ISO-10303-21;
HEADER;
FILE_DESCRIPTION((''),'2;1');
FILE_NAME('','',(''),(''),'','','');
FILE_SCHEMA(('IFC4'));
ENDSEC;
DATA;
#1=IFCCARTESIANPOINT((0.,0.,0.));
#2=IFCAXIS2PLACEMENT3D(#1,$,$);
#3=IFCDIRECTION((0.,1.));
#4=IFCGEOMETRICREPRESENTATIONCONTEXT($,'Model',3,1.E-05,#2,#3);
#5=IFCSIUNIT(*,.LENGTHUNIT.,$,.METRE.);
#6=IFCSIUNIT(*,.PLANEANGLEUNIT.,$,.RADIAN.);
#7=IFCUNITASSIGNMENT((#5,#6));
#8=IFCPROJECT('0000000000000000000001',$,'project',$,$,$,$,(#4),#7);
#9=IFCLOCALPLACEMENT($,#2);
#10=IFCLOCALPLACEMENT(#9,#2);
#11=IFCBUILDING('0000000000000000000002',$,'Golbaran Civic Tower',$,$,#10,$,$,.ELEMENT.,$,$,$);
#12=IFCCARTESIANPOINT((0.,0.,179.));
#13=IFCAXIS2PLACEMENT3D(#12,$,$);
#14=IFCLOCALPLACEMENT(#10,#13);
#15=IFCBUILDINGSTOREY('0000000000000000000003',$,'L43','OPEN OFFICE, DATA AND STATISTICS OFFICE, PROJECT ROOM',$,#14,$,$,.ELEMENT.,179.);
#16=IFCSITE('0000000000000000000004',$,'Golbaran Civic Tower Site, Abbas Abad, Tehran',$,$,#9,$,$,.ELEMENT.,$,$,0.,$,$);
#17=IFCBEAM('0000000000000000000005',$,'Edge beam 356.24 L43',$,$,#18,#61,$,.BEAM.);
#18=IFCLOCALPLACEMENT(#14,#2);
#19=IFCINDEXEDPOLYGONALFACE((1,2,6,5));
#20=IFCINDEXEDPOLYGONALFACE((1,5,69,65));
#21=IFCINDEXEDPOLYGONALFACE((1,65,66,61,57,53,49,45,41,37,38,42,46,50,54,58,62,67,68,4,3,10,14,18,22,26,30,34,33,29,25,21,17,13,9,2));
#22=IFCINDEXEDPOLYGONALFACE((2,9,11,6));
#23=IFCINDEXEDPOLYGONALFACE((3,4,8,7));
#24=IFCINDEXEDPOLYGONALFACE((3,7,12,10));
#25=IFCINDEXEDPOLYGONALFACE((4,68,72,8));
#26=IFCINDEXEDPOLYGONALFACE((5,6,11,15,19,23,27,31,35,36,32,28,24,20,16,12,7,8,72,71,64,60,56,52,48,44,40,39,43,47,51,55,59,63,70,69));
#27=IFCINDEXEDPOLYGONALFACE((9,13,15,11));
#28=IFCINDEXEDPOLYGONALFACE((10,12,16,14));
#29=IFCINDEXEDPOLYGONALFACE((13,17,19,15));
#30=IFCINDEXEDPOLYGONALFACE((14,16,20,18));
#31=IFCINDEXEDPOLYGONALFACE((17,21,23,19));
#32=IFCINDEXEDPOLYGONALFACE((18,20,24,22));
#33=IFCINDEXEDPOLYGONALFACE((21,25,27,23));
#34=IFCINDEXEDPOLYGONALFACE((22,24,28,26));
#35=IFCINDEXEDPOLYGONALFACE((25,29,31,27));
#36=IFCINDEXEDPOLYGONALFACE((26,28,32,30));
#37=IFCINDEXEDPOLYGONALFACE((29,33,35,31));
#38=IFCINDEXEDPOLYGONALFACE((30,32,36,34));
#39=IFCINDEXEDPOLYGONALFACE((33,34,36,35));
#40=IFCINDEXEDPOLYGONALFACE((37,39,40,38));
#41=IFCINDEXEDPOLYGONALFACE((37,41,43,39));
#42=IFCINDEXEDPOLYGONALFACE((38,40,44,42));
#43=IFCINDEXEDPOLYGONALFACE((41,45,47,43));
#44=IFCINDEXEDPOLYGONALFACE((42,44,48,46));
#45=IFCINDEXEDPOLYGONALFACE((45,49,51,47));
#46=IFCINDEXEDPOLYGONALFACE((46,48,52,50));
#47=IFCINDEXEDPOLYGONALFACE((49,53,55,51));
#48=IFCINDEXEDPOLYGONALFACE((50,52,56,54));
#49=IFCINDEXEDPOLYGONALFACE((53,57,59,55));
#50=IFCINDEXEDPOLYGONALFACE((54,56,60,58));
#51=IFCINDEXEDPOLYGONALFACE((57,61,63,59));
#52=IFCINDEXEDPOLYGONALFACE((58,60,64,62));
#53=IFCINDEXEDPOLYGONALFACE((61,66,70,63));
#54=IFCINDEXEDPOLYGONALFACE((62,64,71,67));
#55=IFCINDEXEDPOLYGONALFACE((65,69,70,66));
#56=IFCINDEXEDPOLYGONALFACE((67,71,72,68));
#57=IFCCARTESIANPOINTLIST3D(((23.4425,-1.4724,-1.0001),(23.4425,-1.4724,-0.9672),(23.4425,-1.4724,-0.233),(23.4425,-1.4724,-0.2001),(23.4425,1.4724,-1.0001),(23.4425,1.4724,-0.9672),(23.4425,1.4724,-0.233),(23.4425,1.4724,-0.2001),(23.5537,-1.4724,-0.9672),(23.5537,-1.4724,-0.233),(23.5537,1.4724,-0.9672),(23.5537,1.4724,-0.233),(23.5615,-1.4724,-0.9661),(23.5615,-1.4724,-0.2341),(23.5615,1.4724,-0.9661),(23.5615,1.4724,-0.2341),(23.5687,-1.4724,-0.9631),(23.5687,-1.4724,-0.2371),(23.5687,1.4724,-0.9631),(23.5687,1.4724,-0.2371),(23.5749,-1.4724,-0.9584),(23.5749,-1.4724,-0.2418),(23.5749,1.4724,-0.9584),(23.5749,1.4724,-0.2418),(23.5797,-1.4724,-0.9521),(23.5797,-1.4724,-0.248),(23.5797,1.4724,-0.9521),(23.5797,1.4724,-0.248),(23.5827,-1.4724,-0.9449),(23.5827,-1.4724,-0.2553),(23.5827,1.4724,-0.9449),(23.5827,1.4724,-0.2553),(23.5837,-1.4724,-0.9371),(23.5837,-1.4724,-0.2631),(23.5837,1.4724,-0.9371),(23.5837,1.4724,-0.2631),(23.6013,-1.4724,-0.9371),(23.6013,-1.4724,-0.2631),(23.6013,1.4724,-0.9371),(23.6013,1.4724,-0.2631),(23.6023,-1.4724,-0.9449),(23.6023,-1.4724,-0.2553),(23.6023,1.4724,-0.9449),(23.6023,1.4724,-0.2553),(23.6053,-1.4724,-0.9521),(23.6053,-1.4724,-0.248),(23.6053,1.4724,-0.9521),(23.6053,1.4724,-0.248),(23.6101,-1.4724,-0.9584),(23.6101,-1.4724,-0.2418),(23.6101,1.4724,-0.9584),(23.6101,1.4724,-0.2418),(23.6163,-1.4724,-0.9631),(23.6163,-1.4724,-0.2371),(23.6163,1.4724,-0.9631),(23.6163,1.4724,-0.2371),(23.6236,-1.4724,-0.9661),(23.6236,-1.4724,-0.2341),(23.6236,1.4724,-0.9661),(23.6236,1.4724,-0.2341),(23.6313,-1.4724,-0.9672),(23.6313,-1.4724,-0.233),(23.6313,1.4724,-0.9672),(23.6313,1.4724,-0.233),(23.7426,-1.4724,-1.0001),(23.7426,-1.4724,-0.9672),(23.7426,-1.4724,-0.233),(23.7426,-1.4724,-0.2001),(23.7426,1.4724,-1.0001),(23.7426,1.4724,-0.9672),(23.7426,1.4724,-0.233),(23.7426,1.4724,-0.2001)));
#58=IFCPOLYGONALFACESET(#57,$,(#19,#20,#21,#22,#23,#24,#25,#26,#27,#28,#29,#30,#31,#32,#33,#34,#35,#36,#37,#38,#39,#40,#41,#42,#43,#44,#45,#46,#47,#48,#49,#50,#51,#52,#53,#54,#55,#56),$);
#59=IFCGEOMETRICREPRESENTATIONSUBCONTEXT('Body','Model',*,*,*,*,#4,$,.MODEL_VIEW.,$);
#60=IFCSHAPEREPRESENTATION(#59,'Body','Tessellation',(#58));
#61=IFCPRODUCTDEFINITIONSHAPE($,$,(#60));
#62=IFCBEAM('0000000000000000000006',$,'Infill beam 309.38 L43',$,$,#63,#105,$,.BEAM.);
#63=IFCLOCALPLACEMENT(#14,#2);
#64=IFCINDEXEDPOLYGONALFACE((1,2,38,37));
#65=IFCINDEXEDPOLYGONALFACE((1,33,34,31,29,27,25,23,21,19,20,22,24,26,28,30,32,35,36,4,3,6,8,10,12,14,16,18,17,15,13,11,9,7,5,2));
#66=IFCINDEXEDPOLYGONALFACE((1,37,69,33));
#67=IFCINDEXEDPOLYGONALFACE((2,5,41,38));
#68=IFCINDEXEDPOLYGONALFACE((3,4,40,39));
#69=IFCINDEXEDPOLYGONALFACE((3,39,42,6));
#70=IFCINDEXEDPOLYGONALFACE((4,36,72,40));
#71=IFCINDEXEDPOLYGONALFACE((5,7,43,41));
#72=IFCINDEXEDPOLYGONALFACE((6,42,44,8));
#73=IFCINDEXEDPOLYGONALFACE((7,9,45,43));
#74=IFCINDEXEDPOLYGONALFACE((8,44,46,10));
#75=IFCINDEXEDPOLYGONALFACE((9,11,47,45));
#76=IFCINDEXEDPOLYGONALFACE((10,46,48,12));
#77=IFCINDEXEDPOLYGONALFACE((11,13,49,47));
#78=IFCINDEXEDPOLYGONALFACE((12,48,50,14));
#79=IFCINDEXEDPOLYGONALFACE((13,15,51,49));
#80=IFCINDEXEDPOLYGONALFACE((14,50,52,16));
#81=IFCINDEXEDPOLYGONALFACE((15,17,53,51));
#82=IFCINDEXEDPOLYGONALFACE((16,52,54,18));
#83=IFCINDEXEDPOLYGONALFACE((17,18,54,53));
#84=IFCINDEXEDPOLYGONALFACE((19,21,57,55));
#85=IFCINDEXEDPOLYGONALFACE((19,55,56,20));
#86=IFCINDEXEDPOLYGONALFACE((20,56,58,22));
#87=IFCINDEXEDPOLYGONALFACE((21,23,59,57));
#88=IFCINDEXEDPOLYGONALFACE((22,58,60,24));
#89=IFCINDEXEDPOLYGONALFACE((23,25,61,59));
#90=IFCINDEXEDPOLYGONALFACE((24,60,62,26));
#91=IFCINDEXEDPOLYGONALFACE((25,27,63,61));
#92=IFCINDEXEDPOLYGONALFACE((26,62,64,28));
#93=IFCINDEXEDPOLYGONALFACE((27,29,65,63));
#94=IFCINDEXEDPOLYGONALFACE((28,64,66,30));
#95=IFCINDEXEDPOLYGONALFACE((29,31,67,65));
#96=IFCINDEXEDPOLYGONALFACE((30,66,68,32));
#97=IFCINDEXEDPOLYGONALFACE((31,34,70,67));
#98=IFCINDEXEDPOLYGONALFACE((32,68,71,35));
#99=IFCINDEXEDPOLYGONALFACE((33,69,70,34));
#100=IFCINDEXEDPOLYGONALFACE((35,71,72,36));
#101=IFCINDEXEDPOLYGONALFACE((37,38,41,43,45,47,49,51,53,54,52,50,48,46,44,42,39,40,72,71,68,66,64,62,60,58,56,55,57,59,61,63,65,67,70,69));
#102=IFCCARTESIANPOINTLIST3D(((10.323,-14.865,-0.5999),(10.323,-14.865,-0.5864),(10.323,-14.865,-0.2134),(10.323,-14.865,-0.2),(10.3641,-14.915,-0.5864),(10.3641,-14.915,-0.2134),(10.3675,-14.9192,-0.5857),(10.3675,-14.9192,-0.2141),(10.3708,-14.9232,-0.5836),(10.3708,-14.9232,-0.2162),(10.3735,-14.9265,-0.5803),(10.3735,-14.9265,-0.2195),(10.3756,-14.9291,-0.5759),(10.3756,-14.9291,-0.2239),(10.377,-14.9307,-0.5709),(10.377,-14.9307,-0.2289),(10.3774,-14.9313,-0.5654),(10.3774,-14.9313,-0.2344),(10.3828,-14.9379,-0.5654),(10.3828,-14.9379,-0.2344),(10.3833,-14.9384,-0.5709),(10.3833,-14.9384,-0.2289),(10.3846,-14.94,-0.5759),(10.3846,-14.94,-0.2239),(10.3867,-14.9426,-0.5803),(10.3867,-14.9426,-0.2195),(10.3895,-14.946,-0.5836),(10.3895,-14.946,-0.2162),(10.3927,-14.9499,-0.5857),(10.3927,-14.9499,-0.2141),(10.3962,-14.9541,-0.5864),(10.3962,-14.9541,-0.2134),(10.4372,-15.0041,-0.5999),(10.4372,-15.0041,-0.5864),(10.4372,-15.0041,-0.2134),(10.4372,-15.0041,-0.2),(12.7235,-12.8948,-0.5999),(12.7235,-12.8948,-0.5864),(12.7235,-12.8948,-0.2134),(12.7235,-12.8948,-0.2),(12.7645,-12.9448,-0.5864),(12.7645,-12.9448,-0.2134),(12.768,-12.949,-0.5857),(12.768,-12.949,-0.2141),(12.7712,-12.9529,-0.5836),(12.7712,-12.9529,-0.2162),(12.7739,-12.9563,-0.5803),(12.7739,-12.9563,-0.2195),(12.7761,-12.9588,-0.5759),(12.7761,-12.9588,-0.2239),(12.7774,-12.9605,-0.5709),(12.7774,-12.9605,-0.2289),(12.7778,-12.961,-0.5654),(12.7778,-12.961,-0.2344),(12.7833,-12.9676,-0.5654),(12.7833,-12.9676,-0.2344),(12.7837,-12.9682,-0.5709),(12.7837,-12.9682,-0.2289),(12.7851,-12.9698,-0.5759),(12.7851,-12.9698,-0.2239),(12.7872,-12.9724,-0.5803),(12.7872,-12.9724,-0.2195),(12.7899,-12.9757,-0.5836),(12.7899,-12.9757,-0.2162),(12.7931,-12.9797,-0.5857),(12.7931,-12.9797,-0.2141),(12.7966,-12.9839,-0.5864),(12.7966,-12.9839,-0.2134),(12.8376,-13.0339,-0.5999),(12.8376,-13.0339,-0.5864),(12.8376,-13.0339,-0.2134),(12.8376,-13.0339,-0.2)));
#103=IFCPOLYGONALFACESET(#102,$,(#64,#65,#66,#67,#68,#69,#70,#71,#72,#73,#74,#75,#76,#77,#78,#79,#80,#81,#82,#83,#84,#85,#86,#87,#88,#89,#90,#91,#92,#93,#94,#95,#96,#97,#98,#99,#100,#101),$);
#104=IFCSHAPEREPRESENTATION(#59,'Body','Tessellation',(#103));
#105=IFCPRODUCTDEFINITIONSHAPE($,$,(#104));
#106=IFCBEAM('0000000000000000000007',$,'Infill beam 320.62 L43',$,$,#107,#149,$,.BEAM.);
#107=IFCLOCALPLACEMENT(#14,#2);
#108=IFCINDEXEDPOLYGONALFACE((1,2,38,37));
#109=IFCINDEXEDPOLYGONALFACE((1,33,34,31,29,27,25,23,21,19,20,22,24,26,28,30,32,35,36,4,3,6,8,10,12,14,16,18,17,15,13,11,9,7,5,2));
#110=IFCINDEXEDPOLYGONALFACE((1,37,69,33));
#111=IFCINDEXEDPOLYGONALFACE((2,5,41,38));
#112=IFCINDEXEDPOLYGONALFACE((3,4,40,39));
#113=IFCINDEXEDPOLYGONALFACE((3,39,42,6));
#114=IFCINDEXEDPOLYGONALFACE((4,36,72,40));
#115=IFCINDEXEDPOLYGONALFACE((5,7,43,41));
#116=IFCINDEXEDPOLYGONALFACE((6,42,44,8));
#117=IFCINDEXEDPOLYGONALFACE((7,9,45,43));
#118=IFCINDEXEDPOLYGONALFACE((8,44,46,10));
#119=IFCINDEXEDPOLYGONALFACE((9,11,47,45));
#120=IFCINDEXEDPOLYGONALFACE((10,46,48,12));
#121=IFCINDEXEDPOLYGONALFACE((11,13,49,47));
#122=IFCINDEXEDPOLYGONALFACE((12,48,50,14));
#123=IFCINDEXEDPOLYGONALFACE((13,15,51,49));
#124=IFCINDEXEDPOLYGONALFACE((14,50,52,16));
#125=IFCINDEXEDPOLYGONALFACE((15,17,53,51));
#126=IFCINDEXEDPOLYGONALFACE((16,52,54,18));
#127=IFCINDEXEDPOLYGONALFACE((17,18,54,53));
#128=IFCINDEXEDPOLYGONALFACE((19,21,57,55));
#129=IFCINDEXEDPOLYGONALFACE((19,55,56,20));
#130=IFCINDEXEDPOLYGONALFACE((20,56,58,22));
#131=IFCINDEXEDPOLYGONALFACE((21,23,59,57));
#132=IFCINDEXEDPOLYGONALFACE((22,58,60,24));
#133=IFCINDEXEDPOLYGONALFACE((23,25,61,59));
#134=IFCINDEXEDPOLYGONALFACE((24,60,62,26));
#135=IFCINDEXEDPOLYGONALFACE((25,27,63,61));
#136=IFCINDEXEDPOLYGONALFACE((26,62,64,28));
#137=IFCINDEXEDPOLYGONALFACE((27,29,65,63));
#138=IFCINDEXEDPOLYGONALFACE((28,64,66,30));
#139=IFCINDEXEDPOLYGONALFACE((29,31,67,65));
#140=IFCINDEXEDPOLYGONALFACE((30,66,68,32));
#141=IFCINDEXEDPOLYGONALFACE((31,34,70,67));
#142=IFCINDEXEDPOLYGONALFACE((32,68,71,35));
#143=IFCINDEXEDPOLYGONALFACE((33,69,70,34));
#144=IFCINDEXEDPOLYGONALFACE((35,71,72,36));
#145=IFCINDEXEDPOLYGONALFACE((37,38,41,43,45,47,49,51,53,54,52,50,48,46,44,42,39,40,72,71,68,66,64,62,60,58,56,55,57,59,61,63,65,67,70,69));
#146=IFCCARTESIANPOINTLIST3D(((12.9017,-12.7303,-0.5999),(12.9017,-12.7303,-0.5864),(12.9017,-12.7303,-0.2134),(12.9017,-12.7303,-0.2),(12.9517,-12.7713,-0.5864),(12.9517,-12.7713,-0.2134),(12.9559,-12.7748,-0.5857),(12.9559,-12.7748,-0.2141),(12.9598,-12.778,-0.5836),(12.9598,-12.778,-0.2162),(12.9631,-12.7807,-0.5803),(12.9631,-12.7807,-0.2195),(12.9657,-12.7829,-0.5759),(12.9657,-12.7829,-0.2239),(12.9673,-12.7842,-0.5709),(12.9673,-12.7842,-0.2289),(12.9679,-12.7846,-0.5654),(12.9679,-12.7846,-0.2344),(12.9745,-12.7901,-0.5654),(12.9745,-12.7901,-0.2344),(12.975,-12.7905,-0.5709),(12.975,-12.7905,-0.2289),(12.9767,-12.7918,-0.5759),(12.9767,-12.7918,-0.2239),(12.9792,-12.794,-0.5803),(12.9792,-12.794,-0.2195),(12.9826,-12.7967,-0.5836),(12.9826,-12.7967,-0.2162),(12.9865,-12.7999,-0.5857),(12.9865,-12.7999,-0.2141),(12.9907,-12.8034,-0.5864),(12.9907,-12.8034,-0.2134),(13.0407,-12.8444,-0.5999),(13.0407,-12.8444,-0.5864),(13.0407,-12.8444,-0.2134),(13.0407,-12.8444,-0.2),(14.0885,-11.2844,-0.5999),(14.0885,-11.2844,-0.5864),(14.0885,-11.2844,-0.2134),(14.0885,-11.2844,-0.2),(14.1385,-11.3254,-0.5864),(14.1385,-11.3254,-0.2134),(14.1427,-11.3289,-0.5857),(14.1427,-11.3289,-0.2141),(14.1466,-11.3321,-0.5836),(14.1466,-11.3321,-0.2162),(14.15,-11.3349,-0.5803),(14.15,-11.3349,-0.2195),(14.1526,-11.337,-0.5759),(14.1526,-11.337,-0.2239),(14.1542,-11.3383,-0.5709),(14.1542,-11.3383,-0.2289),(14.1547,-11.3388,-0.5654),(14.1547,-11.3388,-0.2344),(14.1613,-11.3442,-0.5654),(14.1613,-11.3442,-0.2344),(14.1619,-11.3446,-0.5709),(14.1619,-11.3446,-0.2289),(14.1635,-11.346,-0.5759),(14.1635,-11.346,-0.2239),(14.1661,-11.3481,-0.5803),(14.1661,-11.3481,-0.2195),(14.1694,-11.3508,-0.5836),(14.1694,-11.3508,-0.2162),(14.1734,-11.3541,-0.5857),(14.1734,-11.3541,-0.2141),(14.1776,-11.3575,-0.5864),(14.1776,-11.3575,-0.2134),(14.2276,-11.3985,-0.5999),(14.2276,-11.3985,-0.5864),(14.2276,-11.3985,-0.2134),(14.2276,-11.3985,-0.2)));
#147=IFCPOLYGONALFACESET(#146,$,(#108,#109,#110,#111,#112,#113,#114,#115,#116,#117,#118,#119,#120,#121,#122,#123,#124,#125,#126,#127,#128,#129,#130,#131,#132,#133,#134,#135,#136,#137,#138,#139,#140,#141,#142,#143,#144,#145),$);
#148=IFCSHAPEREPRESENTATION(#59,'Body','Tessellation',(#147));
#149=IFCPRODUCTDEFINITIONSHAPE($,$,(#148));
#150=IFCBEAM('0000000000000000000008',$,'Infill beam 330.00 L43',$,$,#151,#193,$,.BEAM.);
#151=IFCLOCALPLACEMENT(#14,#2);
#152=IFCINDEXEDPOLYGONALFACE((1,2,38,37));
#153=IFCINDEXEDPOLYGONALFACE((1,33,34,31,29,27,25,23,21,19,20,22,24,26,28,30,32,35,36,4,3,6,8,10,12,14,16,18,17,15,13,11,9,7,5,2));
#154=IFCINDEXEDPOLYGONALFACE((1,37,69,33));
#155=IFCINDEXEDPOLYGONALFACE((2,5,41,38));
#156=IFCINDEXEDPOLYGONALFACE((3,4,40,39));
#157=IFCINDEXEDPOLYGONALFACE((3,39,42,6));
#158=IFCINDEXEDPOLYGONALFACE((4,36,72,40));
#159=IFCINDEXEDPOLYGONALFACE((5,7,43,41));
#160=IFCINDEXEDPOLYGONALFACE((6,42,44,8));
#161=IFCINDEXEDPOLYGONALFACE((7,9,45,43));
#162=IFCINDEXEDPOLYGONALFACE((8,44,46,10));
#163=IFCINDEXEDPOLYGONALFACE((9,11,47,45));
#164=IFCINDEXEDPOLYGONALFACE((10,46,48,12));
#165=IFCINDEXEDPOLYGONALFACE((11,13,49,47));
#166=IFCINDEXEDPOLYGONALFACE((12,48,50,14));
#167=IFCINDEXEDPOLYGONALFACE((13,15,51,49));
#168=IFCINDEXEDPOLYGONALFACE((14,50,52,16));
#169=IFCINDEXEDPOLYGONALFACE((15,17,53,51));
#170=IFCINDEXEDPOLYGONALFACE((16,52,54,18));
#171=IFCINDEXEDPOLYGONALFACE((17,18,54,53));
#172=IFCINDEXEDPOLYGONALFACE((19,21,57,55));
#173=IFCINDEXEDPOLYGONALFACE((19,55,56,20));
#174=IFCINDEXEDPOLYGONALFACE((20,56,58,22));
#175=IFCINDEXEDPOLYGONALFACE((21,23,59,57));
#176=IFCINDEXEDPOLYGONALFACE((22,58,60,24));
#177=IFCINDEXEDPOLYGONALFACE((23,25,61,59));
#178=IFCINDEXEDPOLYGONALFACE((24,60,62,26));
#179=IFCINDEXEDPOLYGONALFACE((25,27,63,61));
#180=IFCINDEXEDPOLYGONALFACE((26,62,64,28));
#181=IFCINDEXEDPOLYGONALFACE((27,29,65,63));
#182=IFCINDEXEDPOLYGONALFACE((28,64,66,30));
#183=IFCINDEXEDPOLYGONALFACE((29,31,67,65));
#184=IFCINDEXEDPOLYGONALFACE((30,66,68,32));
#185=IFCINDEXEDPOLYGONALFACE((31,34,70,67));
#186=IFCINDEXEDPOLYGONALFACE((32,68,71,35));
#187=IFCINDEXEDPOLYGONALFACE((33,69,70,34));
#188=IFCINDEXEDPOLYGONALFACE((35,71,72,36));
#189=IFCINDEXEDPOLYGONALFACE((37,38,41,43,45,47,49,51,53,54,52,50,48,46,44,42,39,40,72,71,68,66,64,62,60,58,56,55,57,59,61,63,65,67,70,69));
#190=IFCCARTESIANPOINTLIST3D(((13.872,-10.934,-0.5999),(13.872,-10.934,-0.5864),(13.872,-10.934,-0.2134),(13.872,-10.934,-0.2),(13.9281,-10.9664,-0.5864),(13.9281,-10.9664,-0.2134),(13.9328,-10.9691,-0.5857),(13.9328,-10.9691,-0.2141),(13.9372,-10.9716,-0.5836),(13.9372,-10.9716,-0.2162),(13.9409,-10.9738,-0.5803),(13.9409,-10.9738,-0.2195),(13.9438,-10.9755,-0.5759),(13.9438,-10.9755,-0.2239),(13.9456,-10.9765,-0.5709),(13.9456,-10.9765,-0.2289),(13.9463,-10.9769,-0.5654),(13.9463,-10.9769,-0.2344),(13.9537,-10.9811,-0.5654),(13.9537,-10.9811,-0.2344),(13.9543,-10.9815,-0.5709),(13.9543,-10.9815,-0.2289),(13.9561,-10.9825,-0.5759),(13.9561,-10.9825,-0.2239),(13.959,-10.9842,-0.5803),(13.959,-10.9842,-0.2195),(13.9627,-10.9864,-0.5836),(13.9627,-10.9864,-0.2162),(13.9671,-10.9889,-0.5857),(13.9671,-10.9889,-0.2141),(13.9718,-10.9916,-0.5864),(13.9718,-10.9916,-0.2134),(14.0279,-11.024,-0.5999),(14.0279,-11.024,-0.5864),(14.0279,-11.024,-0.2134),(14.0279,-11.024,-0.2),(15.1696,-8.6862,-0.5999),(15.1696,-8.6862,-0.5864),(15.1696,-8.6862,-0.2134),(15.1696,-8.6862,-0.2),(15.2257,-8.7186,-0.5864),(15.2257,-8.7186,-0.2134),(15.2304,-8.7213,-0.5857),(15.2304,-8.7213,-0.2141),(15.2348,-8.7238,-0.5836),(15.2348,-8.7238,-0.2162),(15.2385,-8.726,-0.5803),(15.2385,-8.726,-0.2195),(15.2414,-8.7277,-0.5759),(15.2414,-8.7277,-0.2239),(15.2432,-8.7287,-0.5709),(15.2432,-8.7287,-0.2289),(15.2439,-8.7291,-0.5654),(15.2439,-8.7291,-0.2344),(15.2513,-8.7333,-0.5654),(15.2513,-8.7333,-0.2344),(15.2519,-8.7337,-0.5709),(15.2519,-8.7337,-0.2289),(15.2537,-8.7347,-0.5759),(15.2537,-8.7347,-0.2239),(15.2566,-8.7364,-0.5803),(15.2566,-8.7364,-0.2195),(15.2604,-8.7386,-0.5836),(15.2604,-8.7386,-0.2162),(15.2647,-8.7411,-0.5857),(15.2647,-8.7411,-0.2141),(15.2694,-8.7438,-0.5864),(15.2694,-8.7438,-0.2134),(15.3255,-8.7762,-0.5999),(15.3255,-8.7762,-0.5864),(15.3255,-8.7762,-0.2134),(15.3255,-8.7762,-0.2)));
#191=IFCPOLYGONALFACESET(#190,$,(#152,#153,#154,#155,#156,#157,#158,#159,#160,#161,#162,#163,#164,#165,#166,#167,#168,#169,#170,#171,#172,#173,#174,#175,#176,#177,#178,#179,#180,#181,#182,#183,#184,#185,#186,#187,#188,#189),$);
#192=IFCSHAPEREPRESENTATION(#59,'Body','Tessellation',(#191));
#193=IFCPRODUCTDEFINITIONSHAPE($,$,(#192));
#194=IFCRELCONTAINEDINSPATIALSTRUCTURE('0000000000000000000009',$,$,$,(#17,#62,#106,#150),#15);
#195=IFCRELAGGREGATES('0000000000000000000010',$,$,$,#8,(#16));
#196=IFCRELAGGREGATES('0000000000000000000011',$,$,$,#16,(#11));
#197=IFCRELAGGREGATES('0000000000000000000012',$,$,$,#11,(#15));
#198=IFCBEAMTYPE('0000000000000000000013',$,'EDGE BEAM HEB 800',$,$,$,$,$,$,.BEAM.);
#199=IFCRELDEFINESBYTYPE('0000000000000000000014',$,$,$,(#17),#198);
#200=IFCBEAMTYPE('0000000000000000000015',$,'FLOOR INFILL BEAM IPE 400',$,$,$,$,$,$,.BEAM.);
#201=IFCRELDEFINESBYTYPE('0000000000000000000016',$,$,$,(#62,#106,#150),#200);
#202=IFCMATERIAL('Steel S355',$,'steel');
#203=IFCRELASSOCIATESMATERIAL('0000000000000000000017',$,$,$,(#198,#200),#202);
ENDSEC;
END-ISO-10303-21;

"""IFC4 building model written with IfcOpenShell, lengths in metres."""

from ifc_helpers import new_model, si_unit, direction, frame, origin, origin_2d, place, context, subcontext, project, spatial, i_section, extrude, material, material_profile, profile_set, type_object, element, save


model = new_model("IFC4")

# Units and contexts
model_context = context("Model", 3, precision=1e-05, world=origin(), true_north=direction((0.0, 1.0)))
body_context = subcontext(model_context, "Body", "Model", "MODEL_VIEW")
ifc_project = project(units=[si_unit("LENGTHUNIT", "METRE"), si_unit("PLANEANGLEUNIT", "RADIAN")], contexts=[model_context])

# Site, building, storey
site_placement = place(None, origin())
site = spatial("IfcSite", under=ifc_project, at=site_placement, Name="Golbaran Civic Tower Site, Abbas Abad, Tehran", CompositionType="ELEMENT", RefElevation=0.0)
building_placement = place(site_placement, origin())
building = spatial("IfcBuilding", under=site, at=building_placement, Name="Golbaran Civic Tower", CompositionType="ELEMENT")
storey_placement = place(building_placement, frame((0.0, 0.0, 179.0)))
storey = spatial("IfcBuildingStorey", under=building, at=storey_placement, Name="L43", Description="OPEN OFFICE, DATA AND STATISTICS OFFICE, PROJECT ROOM", CompositionType="ELEMENT", Elevation=179.0)

# Beams
ifc_material_1 = material(Name="Steel S355", Category="steel")
ifc_material_profile_1 = material_profile(ifc_material_1, i_section(OverallWidth=0.3, OverallDepth=0.8, WebThickness=0.0176, FlangeThickness=0.033, FilletRadius=0.03, at=origin_2d()), Name="HEB 800")
ifc_profile_set_1 = profile_set([ifc_material_profile_1], Name="Steel S355")
beam_type_1 = type_object("IfcBeamType", Name="EDGE BEAM HEB 800", PredefinedType="BEAM", material=ifc_profile_set_1)
beam_1_placement = place(storey_placement, frame((23.5925, -1.4724, -0.6001), z_axis=(0.0, 1.0, 0.0), x_axis=(-1.0, 0.0, 0.0)))
element("IfcBeam", 1, at=beam_1_placement, inside=storey, type_object=beam_type_1, Name="Edge beam 356.24 L43", PredefinedType="BEAM", context=body_context, shape_type="SweptSolid", body=[
    extrude(i_section(OverallWidth=0.3, OverallDepth=0.8, WebThickness=0.0176, FlangeThickness=0.033, FilletRadius=0.03, at=origin_2d()), origin(), (0.0, 0.0, 1.0), 2.9448),
])
ifc_material_profile_2 = material_profile(ifc_material_1, i_section(OverallWidth=0.1799, OverallDepth=0.3999, WebThickness=0.0085, FlangeThickness=0.0134, FilletRadius=0.021, at=origin_2d()), Name="IPE 400")
ifc_profile_set_2 = profile_set([ifc_material_profile_2], Name="Steel S355")
beam_type_2 = type_object("IfcBeamType", Name="FLOOR INFILL BEAM IPE 400", PredefinedType="BEAM", material=ifc_profile_set_2)
beam_2_placement = place(storey_placement, frame((10.3801, -14.9346, -0.3999), z_axis=(0.772969, 0.634444, 0.0), x_axis=(-0.634444, 0.772969, 0.0)))
element("IfcBeam", 2, at=beam_2_placement, inside=storey, type_object=beam_type_2, Name="Infill beam 309.38 L43", PredefinedType="BEAM", context=body_context, shape_type="SweptSolid", body=[
    extrude(i_section(OverallWidth=0.1799, OverallDepth=0.3999, WebThickness=0.0085, FlangeThickness=0.0134, FilletRadius=0.021, at=origin_2d()), origin(), (0.0, 0.0, 1.0), 3.1055),
])
beam_3_placement = place(storey_placement, frame((12.9712, -12.7874, -0.3999), z_axis=(0.634467, 0.77295, 0.0), x_axis=(-0.77295, 0.634467, 0.0)))
element("IfcBeam", 3, at=beam_3_placement, inside=storey, type_object=beam_type_2, Name="Infill beam 320.62 L43", PredefinedType="BEAM", context=body_context, shape_type="SweptSolid", body=[
    extrude(i_section(OverallWidth=0.1799, OverallDepth=0.3999, WebThickness=0.0085, FlangeThickness=0.0134, FilletRadius=0.021, at=origin_2d()), origin(), (0.0, 0.0, 1.0), 1.8706),
])
beam_4_placement = place(storey_placement, frame((13.95, -10.979, -0.3999), z_axis=(0.499953, 0.866052, 0.0), x_axis=(-0.866052, 0.499953, 0.0)))
element("IfcBeam", 4, at=beam_4_placement, inside=storey, type_object=beam_type_2, Name="Infill beam 330.00 L43", PredefinedType="BEAM", context=body_context, shape_type="SweptSolid", body=[
    extrude(i_section(OverallWidth=0.1799, OverallDepth=0.3999, WebThickness=0.0085, FlangeThickness=0.0134, FilletRadius=0.021, at=origin_2d()), origin(), (0.0, 0.0, 1.0), 2.5955),
])

save(model, "model.ifc")
